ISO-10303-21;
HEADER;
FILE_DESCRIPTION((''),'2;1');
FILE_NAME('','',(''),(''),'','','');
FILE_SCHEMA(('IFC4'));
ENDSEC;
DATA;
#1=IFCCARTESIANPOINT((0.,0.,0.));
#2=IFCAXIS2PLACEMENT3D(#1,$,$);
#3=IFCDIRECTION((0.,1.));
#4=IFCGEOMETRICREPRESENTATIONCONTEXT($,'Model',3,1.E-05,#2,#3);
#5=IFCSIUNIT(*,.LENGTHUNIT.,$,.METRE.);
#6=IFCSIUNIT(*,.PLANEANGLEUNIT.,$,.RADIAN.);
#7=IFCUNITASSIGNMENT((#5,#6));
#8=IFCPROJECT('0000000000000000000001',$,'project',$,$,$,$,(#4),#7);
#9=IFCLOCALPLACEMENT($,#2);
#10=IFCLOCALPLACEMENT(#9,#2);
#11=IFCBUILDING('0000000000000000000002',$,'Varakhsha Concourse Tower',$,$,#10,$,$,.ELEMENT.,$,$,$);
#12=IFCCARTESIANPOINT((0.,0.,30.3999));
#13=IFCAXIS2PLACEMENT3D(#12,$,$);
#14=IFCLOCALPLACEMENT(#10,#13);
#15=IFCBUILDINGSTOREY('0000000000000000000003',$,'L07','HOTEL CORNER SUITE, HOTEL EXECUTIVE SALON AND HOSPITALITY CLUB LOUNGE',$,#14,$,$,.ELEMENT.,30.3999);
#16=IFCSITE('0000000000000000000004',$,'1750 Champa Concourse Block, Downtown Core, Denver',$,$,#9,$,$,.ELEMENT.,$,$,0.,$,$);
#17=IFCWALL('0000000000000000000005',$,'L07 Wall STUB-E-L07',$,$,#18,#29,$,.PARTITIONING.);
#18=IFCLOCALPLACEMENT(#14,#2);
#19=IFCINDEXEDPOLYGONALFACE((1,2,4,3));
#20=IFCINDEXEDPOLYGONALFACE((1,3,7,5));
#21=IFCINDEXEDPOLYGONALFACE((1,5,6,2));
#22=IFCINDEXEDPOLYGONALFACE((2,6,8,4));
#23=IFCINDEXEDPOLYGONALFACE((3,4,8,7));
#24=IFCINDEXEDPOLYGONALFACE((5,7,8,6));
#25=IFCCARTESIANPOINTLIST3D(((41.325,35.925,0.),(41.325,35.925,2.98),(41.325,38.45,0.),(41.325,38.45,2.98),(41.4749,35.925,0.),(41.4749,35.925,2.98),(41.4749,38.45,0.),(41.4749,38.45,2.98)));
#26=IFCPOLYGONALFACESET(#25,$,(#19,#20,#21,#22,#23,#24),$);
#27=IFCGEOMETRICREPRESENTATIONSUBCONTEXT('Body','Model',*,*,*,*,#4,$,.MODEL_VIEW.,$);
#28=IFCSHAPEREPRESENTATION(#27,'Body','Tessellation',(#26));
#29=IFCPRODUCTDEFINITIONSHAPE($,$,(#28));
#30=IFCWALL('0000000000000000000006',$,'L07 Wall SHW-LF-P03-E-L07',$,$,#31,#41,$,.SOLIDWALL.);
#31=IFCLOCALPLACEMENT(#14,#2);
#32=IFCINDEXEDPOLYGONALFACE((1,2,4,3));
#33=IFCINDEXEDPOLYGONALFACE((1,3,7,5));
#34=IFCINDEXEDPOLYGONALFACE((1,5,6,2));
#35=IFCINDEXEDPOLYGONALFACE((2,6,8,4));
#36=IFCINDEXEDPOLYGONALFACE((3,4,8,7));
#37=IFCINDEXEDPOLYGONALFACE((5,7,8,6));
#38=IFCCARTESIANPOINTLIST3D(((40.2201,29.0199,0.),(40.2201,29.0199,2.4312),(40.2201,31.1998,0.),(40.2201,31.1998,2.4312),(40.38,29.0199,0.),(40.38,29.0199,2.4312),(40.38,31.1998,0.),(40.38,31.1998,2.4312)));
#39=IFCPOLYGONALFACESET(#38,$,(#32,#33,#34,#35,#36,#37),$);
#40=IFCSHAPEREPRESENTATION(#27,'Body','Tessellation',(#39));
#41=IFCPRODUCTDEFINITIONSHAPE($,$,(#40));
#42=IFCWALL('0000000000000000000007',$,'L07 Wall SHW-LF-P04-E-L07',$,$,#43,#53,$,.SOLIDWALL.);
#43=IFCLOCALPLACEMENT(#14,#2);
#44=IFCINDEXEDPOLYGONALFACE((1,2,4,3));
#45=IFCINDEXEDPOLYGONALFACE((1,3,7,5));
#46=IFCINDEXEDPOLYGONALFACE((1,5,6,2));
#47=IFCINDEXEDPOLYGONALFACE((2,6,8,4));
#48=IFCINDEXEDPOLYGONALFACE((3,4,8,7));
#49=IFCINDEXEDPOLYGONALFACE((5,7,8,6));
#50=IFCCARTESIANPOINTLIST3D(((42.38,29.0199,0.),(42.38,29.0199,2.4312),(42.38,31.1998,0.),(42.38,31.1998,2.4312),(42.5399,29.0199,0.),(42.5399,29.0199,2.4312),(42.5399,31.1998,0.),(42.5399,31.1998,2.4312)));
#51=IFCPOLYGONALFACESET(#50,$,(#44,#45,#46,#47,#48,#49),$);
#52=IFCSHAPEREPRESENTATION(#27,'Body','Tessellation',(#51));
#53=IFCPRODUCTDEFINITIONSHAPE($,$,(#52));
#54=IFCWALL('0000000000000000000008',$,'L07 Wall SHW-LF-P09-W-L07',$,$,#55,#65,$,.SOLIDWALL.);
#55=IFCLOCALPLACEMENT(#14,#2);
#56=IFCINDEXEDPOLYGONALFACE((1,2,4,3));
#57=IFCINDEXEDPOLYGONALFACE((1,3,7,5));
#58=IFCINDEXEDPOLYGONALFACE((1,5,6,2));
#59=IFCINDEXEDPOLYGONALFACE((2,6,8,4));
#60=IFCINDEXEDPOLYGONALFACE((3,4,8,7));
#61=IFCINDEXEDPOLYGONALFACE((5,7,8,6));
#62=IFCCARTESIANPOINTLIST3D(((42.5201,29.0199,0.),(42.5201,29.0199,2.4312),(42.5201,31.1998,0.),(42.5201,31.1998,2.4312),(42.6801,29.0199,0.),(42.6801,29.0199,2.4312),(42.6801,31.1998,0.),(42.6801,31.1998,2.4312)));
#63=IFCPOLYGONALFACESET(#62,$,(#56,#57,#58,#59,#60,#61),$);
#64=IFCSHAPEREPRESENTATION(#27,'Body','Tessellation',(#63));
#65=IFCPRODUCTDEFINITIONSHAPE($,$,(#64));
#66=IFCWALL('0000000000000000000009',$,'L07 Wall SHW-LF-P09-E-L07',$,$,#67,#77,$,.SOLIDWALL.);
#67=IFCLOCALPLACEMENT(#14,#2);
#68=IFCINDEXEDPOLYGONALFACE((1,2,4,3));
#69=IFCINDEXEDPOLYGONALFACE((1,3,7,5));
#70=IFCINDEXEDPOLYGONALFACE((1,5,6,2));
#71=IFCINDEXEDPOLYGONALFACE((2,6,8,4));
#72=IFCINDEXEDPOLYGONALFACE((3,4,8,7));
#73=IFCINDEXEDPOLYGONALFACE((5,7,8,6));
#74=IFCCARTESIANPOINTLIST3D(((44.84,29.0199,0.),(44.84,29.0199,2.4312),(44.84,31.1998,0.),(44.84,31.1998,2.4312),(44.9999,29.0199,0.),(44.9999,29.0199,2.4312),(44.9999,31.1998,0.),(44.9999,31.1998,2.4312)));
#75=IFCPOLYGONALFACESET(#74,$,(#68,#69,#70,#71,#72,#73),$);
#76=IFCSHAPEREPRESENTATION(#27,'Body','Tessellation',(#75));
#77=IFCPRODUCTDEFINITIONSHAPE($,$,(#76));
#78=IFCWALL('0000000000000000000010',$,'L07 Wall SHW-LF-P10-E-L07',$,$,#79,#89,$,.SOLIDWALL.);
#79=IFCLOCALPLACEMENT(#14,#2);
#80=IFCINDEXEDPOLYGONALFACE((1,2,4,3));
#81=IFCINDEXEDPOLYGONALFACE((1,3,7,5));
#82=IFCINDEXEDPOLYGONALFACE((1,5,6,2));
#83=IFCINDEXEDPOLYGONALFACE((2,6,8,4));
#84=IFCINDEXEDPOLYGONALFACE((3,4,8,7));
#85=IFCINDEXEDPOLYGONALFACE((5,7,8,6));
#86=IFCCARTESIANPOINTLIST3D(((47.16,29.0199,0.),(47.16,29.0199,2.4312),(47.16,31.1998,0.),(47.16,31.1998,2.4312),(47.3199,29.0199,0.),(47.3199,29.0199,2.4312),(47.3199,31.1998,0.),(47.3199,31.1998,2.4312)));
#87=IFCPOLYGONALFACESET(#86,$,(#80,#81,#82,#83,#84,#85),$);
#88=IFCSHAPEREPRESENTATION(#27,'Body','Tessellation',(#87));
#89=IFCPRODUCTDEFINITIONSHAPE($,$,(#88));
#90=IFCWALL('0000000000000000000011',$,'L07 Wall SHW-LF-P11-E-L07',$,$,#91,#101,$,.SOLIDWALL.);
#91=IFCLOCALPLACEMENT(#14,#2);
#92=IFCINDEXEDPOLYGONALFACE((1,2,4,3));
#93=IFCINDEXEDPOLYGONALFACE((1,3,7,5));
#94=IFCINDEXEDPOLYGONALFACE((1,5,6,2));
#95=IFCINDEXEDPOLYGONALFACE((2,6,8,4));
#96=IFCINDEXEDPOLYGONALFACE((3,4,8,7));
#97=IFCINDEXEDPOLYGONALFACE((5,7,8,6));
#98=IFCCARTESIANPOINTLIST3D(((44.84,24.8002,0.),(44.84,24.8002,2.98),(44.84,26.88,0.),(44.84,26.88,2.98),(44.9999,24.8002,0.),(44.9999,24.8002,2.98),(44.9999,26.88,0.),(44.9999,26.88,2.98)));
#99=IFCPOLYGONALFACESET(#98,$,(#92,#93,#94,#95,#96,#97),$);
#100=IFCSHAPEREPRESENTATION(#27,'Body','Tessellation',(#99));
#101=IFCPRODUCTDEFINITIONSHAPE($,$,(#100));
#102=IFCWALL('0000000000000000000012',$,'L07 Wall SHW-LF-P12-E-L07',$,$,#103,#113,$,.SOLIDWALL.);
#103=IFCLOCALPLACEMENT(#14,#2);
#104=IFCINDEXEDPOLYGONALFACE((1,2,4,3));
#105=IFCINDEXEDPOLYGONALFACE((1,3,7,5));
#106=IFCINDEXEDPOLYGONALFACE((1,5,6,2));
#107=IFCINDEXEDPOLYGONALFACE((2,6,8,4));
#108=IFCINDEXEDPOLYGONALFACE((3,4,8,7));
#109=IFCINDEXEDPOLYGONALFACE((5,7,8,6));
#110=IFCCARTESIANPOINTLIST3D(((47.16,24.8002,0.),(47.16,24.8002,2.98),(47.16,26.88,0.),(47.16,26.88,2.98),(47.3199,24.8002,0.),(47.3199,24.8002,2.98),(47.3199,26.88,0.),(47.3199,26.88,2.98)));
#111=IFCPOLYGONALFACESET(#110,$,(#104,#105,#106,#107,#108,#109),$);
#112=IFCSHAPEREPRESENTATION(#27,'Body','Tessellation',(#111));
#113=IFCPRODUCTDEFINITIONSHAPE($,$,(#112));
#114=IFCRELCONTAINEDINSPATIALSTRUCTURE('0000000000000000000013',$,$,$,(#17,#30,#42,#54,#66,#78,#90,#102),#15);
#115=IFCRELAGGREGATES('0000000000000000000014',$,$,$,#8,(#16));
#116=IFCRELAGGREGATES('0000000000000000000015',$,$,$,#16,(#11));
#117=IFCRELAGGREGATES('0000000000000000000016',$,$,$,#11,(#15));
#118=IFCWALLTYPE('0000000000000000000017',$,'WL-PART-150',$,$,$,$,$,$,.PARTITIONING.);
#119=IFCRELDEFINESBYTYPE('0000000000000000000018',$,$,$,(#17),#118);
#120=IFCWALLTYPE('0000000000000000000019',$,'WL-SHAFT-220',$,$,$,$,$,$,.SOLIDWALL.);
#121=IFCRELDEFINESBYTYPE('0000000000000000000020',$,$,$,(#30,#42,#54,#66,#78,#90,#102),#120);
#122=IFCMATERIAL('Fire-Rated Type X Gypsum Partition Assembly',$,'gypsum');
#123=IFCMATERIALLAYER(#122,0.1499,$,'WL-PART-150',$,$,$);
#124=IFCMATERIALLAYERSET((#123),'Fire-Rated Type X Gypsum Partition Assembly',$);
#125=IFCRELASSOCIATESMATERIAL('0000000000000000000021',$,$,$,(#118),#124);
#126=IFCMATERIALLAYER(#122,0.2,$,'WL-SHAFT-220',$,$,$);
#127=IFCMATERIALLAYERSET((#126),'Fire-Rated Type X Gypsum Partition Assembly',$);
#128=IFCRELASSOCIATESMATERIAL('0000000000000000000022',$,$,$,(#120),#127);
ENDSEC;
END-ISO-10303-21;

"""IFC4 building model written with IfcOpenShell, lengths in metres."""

from ifc_helpers import new_model, si_unit, direction, frame, frame_2d, origin, place, context, subcontext, project, spatial, rectangle, extrude, material, layer, layer_set, type_object, element, save


model = new_model("IFC4")

# Units and contexts
model_context = context("Model", 3, precision=1e-05, world=origin(), true_north=direction((0.0, 1.0)))
body_context = subcontext(model_context, "Body", "Model", "MODEL_VIEW")
ifc_project = project(units=[si_unit("LENGTHUNIT", "METRE"), si_unit("PLANEANGLEUNIT", "RADIAN")], contexts=[model_context])

# Site, building, storey
site_placement = place(None, origin())
site = spatial("IfcSite", under=ifc_project, at=site_placement, Name="1750 Champa Concourse Block, Downtown Core, Denver", CompositionType="ELEMENT", RefElevation=0.0)
building_placement = place(site_placement, origin())
building = spatial("IfcBuilding", under=site, at=building_placement, Name="Varakhsha Concourse Tower", CompositionType="ELEMENT")
storey_placement = place(building_placement, frame((0.0, 0.0, 30.3999)))
storey = spatial("IfcBuildingStorey", under=building, at=storey_placement, Name="L07", Description="HOTEL CORNER SUITE, HOTEL EXECUTIVE SALON AND HOSPITALITY CLUB LOUNGE", CompositionType="ELEMENT", Elevation=30.3999)

# Shared definitions
ifc_material_1 = material(Name="Fire-Rated Type X Gypsum Partition Assembly", Category="gypsum")
ifc_layer_1 = layer(ifc_material_1, 0.1499, Name="WL-PART-150")
ifc_layer_set_1 = layer_set([ifc_layer_1], Name="Fire-Rated Type X Gypsum Partition Assembly")
wall_type_1 = type_object("IfcWallType", Name="WL-PART-150", PredefinedType="PARTITIONING", material=ifc_layer_set_1)

# Walls
for number, where, z_axis, x_axis, name in (
    (1, (41.3999, 35.925, 0.0), (0.0, 0.0, 1.0), (0.0, 1.0, 0.0), "L07 Wall STUB-E-L07"),
):
    element("IfcWall", number, at=place(storey_placement, frame(where, z_axis=z_axis, x_axis=x_axis)), inside=storey, type_object=wall_type_1, Name=name, PredefinedType="PARTITIONING", context=body_context, shape_type="SweptSolid", body=[
        extrude(rectangle(XDim=2.5249, YDim=0.1499, at=frame_2d((1.2625, 0.0))), origin(), (0.0, 0.0, 1.0), 2.98),
    ])
ifc_layer_2 = layer(ifc_material_1, 0.2, Name="WL-SHAFT-220")
ifc_layer_set_2 = layer_set([ifc_layer_2], Name="Fire-Rated Type X Gypsum Partition Assembly")
wall_type_2 = type_object("IfcWallType", Name="WL-SHAFT-220", PredefinedType="SOLIDWALL", material=ifc_layer_set_2)
for number, where, z_axis, x_axis, name in (
    (2, (40.3, 29.02, 0.0), (0.0, 0.0, 1.0), (0.0, 1.0, 0.0), "L07 Wall SHW-LF-P03-E-L07"),
    (3, (42.46, 29.02, 0.0), (0.0, 0.0, 1.0), (0.0, 1.0, 0.0), "L07 Wall SHW-LF-P04-E-L07"),
    (4, (42.6001, 29.02, 0.0), (0.0, 0.0, 1.0), (0.0, 1.0, 0.0), "L07 Wall SHW-LF-P09-W-L07"),
    (5, (44.9199, 29.02, 0.0), (0.0, 0.0, 1.0), (0.0, 1.0, 0.0), "L07 Wall SHW-LF-P09-E-L07"),
    (6, (47.24, 29.02, 0.0), (0.0, 0.0, 1.0), (0.0, 1.0, 0.0), "L07 Wall SHW-LF-P10-E-L07"),
):
    element("IfcWall", number, at=place(storey_placement, frame(where, z_axis=z_axis, x_axis=x_axis)), inside=storey, type_object=wall_type_2, Name=name, PredefinedType="SOLIDWALL", context=body_context, shape_type="SweptSolid", body=[
        extrude(rectangle(XDim=2.1799, YDim=0.1599, at=frame_2d((1.0898, 0.0))), origin(), (0.0, 0.0, 1.0), 2.4312),
    ])
for number, where, z_axis, x_axis, name in (
    (7, (44.9199, 24.8, 0.0), (0.0, 0.0, 1.0), (0.0, 1.0, 0.0), "L07 Wall SHW-LF-P11-E-L07"),
    (8, (47.24, 24.8, 0.0), (0.0, 0.0, 1.0), (0.0, 1.0, 0.0), "L07 Wall SHW-LF-P12-E-L07"),
):
    element("IfcWall", number, at=place(storey_placement, frame(where, z_axis=z_axis, x_axis=x_axis)), inside=storey, type_object=wall_type_2, Name=name, PredefinedType="SOLIDWALL", context=body_context, shape_type="SweptSolid", body=[
        extrude(rectangle(XDim=2.0798, YDim=0.1599, at=frame_2d((1.04, 0.0))), origin(), (0.0, 0.0, 1.0), 2.98),
    ])

save(model, "model.ifc")
